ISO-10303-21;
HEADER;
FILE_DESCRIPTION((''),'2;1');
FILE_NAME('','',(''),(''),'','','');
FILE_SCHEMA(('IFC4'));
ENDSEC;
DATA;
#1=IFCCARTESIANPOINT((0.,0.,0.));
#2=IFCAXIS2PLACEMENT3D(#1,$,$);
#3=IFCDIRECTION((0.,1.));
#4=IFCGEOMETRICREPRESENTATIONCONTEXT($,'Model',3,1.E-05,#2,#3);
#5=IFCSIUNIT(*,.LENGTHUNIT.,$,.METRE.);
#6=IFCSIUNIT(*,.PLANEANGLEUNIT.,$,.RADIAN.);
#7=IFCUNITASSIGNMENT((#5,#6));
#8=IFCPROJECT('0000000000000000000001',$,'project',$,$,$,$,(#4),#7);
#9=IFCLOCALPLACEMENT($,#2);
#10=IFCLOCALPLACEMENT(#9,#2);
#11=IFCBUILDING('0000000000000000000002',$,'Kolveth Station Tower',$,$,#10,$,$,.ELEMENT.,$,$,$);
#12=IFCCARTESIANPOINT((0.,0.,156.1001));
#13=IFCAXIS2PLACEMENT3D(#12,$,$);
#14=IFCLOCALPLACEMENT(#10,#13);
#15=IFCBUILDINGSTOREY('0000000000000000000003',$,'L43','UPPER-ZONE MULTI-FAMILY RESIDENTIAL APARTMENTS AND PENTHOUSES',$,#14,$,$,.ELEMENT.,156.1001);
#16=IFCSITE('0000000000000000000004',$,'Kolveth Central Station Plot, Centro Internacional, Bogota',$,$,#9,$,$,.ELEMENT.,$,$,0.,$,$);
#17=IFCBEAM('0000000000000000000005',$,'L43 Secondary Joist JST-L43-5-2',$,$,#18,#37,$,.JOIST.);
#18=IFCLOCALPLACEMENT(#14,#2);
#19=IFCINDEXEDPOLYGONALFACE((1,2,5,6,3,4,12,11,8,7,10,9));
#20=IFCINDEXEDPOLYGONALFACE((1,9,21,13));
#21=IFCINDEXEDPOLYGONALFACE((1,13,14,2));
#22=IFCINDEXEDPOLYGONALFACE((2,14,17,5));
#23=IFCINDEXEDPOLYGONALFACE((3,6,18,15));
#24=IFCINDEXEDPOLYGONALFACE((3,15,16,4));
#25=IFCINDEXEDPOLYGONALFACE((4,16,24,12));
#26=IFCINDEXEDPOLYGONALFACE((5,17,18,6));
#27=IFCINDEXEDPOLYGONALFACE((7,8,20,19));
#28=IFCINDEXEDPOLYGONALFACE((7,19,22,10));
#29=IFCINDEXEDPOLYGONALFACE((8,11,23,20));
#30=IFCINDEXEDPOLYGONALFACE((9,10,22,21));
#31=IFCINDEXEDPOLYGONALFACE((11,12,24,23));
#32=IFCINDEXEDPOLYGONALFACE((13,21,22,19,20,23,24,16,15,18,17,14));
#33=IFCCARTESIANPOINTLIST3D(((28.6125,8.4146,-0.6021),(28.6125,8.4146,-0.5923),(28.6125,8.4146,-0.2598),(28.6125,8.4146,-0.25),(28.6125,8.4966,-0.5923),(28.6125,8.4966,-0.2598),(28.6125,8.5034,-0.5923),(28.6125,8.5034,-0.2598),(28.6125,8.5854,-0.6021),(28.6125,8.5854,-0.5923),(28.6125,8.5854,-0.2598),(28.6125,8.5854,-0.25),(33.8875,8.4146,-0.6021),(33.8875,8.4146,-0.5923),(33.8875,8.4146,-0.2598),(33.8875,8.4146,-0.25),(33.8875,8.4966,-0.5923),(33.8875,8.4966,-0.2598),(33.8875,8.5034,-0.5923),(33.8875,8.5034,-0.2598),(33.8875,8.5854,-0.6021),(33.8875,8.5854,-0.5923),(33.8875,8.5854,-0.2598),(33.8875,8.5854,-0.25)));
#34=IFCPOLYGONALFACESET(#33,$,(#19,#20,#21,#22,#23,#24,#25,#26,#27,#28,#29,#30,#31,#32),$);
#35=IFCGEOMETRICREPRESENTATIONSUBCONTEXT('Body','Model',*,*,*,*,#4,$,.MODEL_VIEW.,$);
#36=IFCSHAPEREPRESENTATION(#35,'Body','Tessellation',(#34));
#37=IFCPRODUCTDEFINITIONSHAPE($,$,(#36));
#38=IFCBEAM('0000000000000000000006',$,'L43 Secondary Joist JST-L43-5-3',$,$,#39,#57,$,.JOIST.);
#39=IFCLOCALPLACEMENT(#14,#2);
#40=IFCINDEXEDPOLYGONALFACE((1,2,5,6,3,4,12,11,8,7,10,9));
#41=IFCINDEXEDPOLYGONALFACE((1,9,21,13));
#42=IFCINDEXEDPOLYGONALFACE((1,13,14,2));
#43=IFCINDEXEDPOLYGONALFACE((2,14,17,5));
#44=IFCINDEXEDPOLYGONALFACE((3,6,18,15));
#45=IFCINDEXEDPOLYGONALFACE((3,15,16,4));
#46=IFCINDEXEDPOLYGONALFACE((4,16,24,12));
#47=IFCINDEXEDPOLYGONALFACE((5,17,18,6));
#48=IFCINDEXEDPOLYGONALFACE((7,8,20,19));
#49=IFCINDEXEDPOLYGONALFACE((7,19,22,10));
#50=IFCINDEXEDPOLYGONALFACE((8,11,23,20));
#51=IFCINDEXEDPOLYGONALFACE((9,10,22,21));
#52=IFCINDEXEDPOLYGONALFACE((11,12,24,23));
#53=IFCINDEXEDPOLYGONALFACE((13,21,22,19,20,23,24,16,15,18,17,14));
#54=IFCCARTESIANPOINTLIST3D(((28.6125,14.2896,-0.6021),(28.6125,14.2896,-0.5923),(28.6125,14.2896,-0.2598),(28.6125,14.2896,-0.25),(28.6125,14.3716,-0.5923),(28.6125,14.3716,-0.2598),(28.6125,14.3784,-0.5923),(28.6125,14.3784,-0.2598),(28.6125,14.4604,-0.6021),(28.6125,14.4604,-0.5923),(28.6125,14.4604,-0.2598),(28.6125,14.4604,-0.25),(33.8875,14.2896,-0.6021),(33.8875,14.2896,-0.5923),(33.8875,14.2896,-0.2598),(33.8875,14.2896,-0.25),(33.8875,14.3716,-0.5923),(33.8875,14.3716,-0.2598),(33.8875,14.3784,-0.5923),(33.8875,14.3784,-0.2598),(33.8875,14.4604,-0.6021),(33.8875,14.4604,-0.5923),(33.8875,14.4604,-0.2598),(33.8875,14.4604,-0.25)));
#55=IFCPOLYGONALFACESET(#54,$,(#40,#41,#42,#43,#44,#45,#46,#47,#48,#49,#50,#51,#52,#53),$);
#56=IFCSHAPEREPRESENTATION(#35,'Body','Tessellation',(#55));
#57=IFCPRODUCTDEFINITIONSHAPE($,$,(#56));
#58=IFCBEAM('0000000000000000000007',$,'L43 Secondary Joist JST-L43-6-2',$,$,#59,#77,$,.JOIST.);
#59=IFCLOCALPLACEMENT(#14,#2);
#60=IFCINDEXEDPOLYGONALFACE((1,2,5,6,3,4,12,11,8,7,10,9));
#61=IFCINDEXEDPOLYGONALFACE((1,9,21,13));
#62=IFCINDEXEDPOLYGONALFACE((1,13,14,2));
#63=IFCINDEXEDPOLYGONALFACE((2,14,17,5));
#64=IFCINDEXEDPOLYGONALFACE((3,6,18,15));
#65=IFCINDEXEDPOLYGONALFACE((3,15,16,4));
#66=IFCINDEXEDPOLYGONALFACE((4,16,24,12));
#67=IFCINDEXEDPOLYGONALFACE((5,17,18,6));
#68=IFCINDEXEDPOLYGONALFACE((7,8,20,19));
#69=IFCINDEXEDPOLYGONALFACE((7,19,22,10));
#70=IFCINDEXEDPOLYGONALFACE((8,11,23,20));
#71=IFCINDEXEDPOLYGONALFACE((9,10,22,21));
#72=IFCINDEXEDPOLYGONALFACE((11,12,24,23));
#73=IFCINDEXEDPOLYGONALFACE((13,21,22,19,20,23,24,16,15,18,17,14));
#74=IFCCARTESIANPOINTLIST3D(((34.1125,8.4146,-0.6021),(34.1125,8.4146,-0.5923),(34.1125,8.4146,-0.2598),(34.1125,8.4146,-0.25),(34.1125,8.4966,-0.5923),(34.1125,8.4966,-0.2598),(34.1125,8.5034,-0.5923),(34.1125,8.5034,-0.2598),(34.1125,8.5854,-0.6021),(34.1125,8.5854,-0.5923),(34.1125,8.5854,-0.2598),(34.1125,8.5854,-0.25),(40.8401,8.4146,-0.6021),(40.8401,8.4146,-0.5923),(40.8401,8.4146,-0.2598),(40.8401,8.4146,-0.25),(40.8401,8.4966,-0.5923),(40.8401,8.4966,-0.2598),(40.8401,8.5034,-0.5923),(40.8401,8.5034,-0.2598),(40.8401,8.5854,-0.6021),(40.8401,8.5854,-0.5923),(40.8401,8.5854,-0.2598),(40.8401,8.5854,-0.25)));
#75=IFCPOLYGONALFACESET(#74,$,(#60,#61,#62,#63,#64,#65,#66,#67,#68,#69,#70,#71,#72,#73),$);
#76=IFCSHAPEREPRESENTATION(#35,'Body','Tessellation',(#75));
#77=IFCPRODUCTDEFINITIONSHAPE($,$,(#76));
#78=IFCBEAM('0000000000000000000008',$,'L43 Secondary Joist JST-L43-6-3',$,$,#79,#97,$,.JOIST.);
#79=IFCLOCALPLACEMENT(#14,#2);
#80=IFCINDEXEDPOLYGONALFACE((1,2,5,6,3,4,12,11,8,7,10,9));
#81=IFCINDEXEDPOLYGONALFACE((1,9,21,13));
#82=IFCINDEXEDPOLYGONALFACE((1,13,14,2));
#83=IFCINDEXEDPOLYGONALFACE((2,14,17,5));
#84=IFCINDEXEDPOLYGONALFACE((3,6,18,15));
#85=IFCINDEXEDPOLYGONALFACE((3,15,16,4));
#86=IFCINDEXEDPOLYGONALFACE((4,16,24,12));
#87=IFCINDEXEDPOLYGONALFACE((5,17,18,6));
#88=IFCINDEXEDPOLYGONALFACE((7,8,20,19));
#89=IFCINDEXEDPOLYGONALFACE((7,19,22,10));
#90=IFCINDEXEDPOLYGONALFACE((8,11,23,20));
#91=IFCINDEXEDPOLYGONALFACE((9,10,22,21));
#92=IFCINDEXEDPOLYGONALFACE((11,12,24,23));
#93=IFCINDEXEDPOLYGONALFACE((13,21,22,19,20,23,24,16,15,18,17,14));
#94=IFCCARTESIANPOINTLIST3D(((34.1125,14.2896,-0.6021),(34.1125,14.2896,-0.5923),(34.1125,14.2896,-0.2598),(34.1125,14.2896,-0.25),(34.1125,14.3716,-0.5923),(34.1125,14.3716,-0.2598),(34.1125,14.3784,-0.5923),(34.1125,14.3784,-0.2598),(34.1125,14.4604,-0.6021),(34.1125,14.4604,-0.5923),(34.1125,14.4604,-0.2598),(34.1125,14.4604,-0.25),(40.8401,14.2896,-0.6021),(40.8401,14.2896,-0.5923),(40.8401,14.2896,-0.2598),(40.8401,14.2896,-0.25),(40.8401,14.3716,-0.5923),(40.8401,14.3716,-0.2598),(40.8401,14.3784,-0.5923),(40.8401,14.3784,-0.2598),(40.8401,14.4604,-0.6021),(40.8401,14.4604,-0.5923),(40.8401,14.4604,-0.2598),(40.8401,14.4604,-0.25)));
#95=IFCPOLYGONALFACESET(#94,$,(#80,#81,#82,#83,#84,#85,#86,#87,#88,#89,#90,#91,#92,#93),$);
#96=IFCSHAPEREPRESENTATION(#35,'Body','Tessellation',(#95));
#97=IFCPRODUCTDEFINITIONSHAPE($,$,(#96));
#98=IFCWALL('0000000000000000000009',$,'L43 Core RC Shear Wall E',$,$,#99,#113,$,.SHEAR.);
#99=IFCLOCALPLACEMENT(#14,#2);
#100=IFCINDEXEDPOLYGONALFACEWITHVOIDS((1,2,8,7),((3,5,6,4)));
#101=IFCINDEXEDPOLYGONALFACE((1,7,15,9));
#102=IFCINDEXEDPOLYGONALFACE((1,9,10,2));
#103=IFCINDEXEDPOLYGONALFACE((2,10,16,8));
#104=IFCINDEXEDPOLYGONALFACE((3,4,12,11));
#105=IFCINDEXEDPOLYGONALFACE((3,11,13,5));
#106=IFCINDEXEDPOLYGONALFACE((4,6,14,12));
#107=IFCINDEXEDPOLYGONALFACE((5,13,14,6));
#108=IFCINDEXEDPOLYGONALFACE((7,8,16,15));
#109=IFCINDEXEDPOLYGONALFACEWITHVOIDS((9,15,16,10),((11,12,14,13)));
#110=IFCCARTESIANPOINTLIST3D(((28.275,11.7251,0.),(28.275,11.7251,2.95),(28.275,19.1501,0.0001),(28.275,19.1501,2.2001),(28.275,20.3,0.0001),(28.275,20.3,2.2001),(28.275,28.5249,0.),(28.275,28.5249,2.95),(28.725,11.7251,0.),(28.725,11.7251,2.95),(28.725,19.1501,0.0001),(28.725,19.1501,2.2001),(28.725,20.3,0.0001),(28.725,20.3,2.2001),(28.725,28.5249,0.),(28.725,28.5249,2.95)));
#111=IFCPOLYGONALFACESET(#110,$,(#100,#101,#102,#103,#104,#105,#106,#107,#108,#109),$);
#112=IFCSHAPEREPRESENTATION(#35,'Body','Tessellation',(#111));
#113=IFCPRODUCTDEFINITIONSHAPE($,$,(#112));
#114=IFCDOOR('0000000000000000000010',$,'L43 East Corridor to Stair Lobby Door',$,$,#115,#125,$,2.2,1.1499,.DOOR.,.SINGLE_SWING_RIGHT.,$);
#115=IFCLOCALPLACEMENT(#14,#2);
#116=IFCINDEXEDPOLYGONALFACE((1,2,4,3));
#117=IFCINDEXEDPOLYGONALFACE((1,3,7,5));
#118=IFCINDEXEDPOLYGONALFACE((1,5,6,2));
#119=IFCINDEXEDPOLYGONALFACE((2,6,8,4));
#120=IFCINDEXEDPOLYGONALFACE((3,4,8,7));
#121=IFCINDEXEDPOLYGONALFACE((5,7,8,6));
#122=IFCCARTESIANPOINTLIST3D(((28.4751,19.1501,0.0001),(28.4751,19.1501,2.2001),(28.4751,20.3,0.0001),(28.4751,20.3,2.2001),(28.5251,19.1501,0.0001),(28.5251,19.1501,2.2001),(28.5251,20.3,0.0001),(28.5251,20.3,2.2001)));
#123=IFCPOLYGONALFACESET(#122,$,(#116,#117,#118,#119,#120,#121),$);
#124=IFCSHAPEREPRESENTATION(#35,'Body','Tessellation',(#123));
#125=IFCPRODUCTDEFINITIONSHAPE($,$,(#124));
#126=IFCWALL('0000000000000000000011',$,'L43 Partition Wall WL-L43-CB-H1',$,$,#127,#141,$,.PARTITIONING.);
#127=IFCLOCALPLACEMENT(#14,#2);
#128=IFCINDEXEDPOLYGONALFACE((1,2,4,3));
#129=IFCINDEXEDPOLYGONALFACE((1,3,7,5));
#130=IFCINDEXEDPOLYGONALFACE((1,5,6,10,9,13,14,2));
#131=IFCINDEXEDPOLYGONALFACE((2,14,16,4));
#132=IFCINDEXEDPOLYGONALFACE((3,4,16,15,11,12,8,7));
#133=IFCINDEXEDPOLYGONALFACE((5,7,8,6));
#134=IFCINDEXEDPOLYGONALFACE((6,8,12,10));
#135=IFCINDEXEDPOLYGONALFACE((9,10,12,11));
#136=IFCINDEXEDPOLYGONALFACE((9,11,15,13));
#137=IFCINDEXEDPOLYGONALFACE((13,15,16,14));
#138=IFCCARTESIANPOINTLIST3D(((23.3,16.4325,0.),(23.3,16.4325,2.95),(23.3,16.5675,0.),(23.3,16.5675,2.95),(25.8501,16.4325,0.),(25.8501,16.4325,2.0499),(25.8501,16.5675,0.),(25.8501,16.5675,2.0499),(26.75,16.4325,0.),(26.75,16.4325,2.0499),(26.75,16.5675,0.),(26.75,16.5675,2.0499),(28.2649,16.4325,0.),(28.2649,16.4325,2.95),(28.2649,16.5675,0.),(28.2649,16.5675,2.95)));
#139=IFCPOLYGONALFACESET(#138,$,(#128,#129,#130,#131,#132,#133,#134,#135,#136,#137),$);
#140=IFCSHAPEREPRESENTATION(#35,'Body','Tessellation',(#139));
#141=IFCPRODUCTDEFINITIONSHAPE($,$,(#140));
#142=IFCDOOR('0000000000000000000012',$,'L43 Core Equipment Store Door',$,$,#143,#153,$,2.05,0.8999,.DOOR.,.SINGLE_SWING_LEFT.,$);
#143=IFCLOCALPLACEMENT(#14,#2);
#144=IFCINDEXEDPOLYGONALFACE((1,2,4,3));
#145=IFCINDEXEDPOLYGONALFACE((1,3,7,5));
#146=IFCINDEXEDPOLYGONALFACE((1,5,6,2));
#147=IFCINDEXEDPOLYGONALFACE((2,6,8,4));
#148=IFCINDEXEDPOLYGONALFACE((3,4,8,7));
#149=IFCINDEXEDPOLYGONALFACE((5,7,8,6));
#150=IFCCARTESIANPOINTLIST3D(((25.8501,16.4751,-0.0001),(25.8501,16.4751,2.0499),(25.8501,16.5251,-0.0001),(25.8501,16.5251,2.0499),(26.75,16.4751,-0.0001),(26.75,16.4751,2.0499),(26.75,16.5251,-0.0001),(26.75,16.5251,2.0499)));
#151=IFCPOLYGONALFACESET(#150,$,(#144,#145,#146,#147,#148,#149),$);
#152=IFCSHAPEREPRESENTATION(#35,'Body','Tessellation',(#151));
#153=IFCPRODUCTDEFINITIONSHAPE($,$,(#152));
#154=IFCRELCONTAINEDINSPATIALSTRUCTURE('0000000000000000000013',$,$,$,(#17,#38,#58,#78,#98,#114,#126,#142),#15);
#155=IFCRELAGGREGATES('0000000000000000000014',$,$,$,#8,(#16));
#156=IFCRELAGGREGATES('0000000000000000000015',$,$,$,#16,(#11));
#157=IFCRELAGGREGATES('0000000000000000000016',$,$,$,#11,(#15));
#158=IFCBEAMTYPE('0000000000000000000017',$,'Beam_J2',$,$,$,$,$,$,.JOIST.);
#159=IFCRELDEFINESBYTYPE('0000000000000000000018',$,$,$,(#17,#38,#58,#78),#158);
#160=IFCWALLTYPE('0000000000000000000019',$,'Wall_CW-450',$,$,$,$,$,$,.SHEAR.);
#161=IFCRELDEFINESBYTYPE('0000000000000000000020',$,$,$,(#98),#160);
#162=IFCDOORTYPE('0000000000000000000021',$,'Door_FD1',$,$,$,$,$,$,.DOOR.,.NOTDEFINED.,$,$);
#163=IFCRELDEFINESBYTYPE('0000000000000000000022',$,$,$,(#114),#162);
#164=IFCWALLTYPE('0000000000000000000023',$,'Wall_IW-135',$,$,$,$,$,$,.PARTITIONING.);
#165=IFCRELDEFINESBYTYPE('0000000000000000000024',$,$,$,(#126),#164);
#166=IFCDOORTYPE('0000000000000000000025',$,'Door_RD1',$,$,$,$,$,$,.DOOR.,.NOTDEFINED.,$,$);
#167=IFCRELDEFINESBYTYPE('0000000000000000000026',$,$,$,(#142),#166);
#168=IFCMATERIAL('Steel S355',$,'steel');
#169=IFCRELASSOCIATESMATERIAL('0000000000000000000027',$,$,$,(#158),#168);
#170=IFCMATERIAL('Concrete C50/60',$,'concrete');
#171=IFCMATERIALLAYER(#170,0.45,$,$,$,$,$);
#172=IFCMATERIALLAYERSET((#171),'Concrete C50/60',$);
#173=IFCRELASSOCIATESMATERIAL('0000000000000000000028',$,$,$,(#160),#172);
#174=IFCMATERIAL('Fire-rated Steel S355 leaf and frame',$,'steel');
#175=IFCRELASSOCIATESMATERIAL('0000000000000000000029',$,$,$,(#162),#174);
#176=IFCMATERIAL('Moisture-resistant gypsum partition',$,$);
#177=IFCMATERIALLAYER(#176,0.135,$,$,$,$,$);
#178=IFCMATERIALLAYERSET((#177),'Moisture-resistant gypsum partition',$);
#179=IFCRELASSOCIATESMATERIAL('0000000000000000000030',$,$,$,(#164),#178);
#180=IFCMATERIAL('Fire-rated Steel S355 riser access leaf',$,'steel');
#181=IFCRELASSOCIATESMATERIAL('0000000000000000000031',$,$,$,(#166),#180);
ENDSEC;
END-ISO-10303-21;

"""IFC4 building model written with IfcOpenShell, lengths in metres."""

from ifc_helpers import new_model, si_unit, direction, frame, frame_2d, origin, origin_2d, place, context, subcontext, project, spatial, rectangle, i_section, extrude, source, transform, mapped, material, layer, layer_set, material_profile, profile_set, type_object, element, fill, save


model = new_model("IFC4")

# Units and contexts
model_context = context("Model", 3, precision=1e-05, world=origin(), true_north=direction((0.0, 1.0)))
body_context = subcontext(model_context, "Body", "Model", "MODEL_VIEW")
ifc_project = project(units=[si_unit("LENGTHUNIT", "METRE"), si_unit("PLANEANGLEUNIT", "RADIAN")], contexts=[model_context])

# Site, building, storey
site_placement = place(None, origin())
site = spatial("IfcSite", under=ifc_project, at=site_placement, Name="Kolveth Central Station Plot, Centro Internacional, Bogota", CompositionType="ELEMENT", RefElevation=0.0)
building_placement = place(site_placement, origin())
building = spatial("IfcBuilding", under=site, at=building_placement, Name="Kolveth Station Tower", CompositionType="ELEMENT")
storey_placement = place(building_placement, frame((0.0, 0.0, 156.1001)))
storey = spatial("IfcBuildingStorey", under=building, at=storey_placement, Name="L43", Description="UPPER-ZONE MULTI-FAMILY RESIDENTIAL APARTMENTS AND PENTHOUSES", CompositionType="ELEMENT", Elevation=156.1001)

# Shared definitions
ifc_material_1 = material(Name="Steel S355", Category="steel")

# Beams
ifc_material_profile_1 = material_profile(ifc_material_1, i_section(OverallWidth=0.1709, OverallDepth=0.3521, WebThickness=0.0068, FlangeThickness=0.0098, at=origin_2d()), Name="W360x44")
ifc_profile_set_1 = profile_set([ifc_material_profile_1], Name="Steel S355")
beam_type_1 = type_object("IfcBeamType", Name="Beam_J2", PredefinedType="JOIST", material=ifc_profile_set_1)
shared_shape_1 = source(origin(), body_context, "Body", "SweptSolid", [
    extrude(i_section(OverallWidth=0.1709, OverallDepth=0.3521, WebThickness=0.0068, FlangeThickness=0.0098, at=origin_2d()), origin(), (0.0, 0.0, 1.0), 5.2749),
])
for number, where, z_axis, x_axis, name in (
    (1, (28.6125, 8.5, -0.426), (1.0, 0.0, 0.0), (0.0, 1.0, 0.0), "L43 Secondary Joist JST-L43-5-2"),
    (2, (28.6125, 14.375, -0.426), (1.0, 0.0, 0.0), (0.0, 1.0, 0.0), "L43 Secondary Joist JST-L43-5-3"),
):
    element("IfcBeam", number, at=place(storey_placement, frame(where, z_axis=z_axis, x_axis=x_axis)), inside=storey, type_object=beam_type_1, Name=name, PredefinedType="JOIST", context=body_context, shape_type="MappedRepresentation", body=[
        mapped(shared_shape_1, transform((0.0, 0.0, 0.0), x_axis=(1.0, 0.0, 0.0), y_axis=(0.0, 1.0, 0.0), z_axis=(0.0, 0.0, 1.0), scale=1.0)),
    ])
shared_shape_2 = source(origin(), body_context, "Body", "SweptSolid", [
    extrude(i_section(OverallWidth=0.1709, OverallDepth=0.3521, WebThickness=0.0068, FlangeThickness=0.0098, at=origin_2d()), origin(), (0.0, 0.0, 1.0), 6.7275),
])
for number, where, z_axis, x_axis, name in (
    (3, (34.1125, 8.5, -0.426), (1.0, 0.0, 0.0), (0.0, 1.0, 0.0), "L43 Secondary Joist JST-L43-6-2"),
    (4, (34.1125, 14.375, -0.426), (1.0, 0.0, 0.0), (0.0, 1.0, 0.0), "L43 Secondary Joist JST-L43-6-3"),
):
    element("IfcBeam", number, at=place(storey_placement, frame(where, z_axis=z_axis, x_axis=x_axis)), inside=storey, type_object=beam_type_1, Name=name, PredefinedType="JOIST", context=body_context, shape_type="MappedRepresentation", body=[
        mapped(shared_shape_2, transform((0.0, 0.0, 0.0), x_axis=(1.0, 0.0, 0.0), y_axis=(0.0, 1.0, 0.0), z_axis=(0.0, 0.0, 1.0), scale=1.0)),
    ])

# Walls, openings, doors
ifc_material_2 = material(Name="Concrete C50/60", Category="concrete")
ifc_layer_1 = layer(ifc_material_2, 0.45)
ifc_layer_set_1 = layer_set([ifc_layer_1], Name="Concrete C50/60")
wall_type_1 = type_object("IfcWallType", Name="Wall_CW-450", PredefinedType="SHEAR", material=ifc_layer_set_1)
wall_1_placement = place(storey_placement, frame((28.5, 11.7251, 0.0), z_axis=(0.0, 0.0, 1.0), x_axis=(0.0, 1.0, 0.0)))
wall_1 = element("IfcWall", 5, at=wall_1_placement, inside=storey, type_object=wall_type_1, Name="L43 Core RC Shear Wall E", PredefinedType="SHEAR", context=body_context, shape_type="SweptSolid", body=[
    extrude(rectangle(XDim=16.7998, YDim=0.45, at=frame_2d((8.3999, 0.0))), origin(), (0.0, 0.0, 1.0), 2.95),
])
opening_1_placement = place(wall_1_placement, frame((7.425, 0.0, 0.0)))
opening_1 = element("IfcOpeningElement", 6, at=opening_1_placement, cuts=wall_1, PredefinedType="OPENING", context=body_context, shape_type="SweptSolid", body=[
    extrude(rectangle(XDim=1.1499, YDim=2.2, at=frame_2d((0.575, 1.1001))), frame((0.0, 0.2349, 0.0), z_axis=(0.0, -1.0, 0.0), x_axis=(1.0, 0.0, 0.0)), (0.0, 0.0, 1.0), 0.47),
])
ifc_material_3 = material(Name="Fire-rated Steel S355 leaf and frame", Category="steel")
door_type_1 = type_object("IfcDoorType", Name="Door_FD1", OperationType="NOTDEFINED", PredefinedType="DOOR", material=ifc_material_3)
door_1_placement = place(opening_1_placement, origin())
door_1 = element("IfcDoor", 7, at=door_1_placement, inside=storey, type_object=door_type_1, Name="L43 East Corridor to Stair Lobby Door", OperationType="SINGLE_SWING_RIGHT", OverallHeight=2.2, OverallWidth=1.1499, PredefinedType="DOOR", context=body_context, shape_type="SweptSolid", body=[
    extrude(rectangle(XDim=1.1499, YDim=2.2, at=frame_2d((0.575, 1.1001))), frame((0.0, 0.0249, 0.0), z_axis=(0.0, -1.0, 0.0), x_axis=(1.0, 0.0, 0.0)), (0.0, 0.0, 1.0), 0.05),
])
fill(opening_1, door_1)
ifc_material_4 = material(Name="Moisture-resistant gypsum partition")
ifc_layer_2 = layer(ifc_material_4, 0.135)
ifc_layer_set_2 = layer_set([ifc_layer_2], Name="Moisture-resistant gypsum partition")
wall_type_2 = type_object("IfcWallType", Name="Wall_IW-135", PredefinedType="PARTITIONING", material=ifc_layer_set_2)
wall_2_placement = place(storey_placement, frame((23.3, 16.5, 0.0), z_axis=(0.0, 0.0, 1.0), x_axis=(1.0, 0.0, 0.0)))
wall_2 = element("IfcWall", 8, at=wall_2_placement, inside=storey, type_object=wall_type_2, Name="L43 Partition Wall WL-L43-CB-H1", PredefinedType="PARTITIONING", context=body_context, shape_type="SweptSolid", body=[
    extrude(rectangle(XDim=4.9648, YDim=0.135, at=frame_2d((2.4824, 0.0))), origin(), (0.0, 0.0, 1.0), 2.95),
])
opening_2_placement = place(wall_2_placement, frame((2.55, 0.0, 0.0)))
opening_2 = element("IfcOpeningElement", 9, at=opening_2_placement, cuts=wall_2, PredefinedType="OPENING", context=body_context, shape_type="SweptSolid", body=[
    extrude(rectangle(XDim=0.8999, YDim=2.05, at=frame_2d((0.45, 1.0249))), frame((0.0, 0.0774, 0.0), z_axis=(0.0, -1.0, 0.0), x_axis=(1.0, 0.0, 0.0)), (0.0, 0.0, 1.0), 0.155),
])
ifc_material_5 = material(Name="Fire-rated Steel S355 riser access leaf", Category="steel")
door_type_2 = type_object("IfcDoorType", Name="Door_RD1", OperationType="NOTDEFINED", PredefinedType="DOOR", material=ifc_material_5)
door_2_placement = place(opening_2_placement, frame((0.8999, 0.0, 0.0), z_axis=(0.0, 0.0, 1.0), x_axis=(-1.0, 0.0, 0.0)))
door_2 = element("IfcDoor", 10, at=door_2_placement, inside=storey, type_object=door_type_2, Name="L43 Core Equipment Store Door", OperationType="SINGLE_SWING_LEFT", OverallHeight=2.05, OverallWidth=0.8999, PredefinedType="DOOR", context=body_context, shape_type="SweptSolid", body=[
    extrude(rectangle(XDim=0.8999, YDim=2.05, at=frame_2d((0.45, 1.0249))), frame((0.0, 0.0249, 0.0), z_axis=(0.0, -1.0, 0.0), x_axis=(1.0, 0.0, 0.0)), (0.0, 0.0, 1.0), 0.05),
])
fill(opening_2, door_2)

save(model, "model.ifc")
